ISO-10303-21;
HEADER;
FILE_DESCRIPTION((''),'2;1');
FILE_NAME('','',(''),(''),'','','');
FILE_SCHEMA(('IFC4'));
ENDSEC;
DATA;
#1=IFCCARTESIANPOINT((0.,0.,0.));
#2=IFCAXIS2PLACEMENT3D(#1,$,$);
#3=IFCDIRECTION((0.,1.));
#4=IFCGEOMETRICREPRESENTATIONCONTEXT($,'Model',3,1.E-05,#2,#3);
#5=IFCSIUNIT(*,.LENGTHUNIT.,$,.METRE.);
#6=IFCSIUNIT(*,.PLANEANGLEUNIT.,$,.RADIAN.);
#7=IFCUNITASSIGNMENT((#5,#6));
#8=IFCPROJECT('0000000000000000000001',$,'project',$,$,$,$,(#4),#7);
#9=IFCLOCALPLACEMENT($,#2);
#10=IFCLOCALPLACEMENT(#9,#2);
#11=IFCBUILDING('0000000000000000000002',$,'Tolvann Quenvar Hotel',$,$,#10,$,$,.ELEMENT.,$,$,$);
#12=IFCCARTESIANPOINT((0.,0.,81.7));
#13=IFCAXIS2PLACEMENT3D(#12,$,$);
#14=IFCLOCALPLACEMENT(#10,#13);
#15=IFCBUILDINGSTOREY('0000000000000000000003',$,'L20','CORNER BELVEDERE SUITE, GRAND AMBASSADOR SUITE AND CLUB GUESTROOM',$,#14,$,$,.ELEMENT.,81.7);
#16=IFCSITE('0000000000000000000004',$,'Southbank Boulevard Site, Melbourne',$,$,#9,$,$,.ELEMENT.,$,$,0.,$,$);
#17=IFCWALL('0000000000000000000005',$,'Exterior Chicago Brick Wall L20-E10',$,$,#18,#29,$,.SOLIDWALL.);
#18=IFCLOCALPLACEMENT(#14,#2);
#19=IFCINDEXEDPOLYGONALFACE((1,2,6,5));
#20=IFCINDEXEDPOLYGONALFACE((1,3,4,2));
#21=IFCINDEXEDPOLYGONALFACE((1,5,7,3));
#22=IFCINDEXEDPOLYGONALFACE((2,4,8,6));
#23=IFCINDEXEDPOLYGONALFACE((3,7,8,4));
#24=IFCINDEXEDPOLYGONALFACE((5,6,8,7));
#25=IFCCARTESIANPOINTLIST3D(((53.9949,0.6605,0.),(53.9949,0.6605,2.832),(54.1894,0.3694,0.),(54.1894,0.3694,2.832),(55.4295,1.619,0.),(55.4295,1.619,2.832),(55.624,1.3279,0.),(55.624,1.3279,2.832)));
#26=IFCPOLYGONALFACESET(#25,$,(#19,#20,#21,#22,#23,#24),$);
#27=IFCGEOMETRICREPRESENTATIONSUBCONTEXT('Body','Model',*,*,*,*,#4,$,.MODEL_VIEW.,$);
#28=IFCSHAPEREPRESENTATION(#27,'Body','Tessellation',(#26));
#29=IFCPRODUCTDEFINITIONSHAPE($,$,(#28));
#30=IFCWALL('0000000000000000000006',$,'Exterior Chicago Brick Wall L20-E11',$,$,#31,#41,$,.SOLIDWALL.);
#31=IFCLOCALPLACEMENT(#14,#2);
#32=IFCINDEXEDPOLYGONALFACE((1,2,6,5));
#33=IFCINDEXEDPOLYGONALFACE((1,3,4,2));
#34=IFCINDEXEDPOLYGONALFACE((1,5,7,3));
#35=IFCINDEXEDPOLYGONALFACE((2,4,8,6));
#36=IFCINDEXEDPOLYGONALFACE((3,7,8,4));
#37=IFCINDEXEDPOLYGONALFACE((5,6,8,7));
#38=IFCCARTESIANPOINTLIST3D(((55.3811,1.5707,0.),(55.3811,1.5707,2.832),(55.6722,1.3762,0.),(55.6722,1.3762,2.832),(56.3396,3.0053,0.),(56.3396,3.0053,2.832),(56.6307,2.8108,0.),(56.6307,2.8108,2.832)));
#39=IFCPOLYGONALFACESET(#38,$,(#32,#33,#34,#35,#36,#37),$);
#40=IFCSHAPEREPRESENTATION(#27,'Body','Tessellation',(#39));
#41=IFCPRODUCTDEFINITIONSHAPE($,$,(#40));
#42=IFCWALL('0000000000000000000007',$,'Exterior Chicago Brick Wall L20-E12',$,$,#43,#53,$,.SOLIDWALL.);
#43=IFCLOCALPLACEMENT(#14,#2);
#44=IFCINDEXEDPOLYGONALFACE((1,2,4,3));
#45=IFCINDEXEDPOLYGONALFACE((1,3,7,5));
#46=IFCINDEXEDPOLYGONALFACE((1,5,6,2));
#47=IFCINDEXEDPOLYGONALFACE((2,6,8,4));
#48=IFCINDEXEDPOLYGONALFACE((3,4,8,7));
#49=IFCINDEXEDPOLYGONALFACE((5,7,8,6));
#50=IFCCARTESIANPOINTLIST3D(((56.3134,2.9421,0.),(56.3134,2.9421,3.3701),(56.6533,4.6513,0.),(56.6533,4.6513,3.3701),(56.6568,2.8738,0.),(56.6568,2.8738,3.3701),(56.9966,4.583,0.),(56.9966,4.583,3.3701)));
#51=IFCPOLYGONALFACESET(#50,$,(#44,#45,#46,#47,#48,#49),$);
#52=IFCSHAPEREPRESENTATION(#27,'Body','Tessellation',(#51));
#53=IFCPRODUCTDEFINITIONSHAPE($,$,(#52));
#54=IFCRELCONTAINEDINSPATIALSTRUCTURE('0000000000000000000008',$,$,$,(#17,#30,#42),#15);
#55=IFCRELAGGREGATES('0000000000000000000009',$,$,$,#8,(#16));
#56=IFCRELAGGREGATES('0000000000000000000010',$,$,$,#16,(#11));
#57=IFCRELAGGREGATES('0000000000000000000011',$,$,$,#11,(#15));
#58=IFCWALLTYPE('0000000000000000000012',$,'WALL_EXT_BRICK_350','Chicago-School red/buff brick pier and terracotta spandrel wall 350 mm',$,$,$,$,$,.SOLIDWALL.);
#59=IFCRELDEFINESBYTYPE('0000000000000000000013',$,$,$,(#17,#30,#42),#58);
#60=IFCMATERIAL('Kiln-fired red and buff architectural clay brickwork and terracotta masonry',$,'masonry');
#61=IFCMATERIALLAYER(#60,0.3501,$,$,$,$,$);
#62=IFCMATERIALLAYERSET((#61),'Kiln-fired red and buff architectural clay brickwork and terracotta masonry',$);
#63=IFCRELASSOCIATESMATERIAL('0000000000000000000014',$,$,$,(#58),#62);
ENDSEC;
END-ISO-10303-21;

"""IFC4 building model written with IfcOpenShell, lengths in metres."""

from ifc_helpers import new_model, si_unit, direction, frame, frame_2d, origin, place, context, subcontext, project, spatial, rectangle, extrude, material, layer, layer_set, type_object, element, save


model = new_model("IFC4")

# Units and contexts
model_context = context("Model", 3, precision=1e-05, world=origin(), true_north=direction((0.0, 1.0)))
body_context = subcontext(model_context, "Body", "Model", "MODEL_VIEW")
ifc_project = project(units=[si_unit("LENGTHUNIT", "METRE"), si_unit("PLANEANGLEUNIT", "RADIAN")], contexts=[model_context])

# Site, building, storey
site_placement = place(None, origin())
site = spatial("IfcSite", under=ifc_project, at=site_placement, Name="Southbank Boulevard Site, Melbourne", CompositionType="ELEMENT", RefElevation=0.0)
building_placement = place(site_placement, origin())
building = spatial("IfcBuilding", under=site, at=building_placement, Name="Tolvann Quenvar Hotel", CompositionType="ELEMENT")
storey_placement = place(building_placement, frame((0.0, 0.0, 81.7)))
storey = spatial("IfcBuildingStorey", under=building, at=storey_placement, Name="L20", Description="CORNER BELVEDERE SUITE, GRAND AMBASSADOR SUITE AND CLUB GUESTROOM", CompositionType="ELEMENT", Elevation=81.7)

# Walls
ifc_material_1 = material(Name="Kiln-fired red and buff architectural clay brickwork and terracotta masonry", Category="masonry")
ifc_layer_1 = layer(ifc_material_1, 0.3501)
ifc_layer_set_1 = layer_set([ifc_layer_1], Name="Kiln-fired red and buff architectural clay brickwork and terracotta masonry")
wall_type_1 = type_object("IfcWallType", Name="WALL_EXT_BRICK_350", Description="Chicago-School red/buff brick pier and terracotta spandrel wall 350 mm", PredefinedType="SOLIDWALL", material=ifc_layer_set_1)
for number, where, z_axis, x_axis, name in (
    (1, (54.092, 0.5149, 0.0), (0.0, 0.0, 1.0), (0.831484, 0.555549, 0.0), "Exterior Chicago Brick Wall L20-E10"),
    (2, (55.5266, 1.4734, 0.0), (0.0, 0.0, 1.0), (0.555549, 0.831484, 0.0), "Exterior Chicago Brick Wall L20-E11"),
):
    element("IfcWall", number, at=place(storey_placement, frame(where, z_axis=z_axis, x_axis=x_axis)), inside=storey, type_object=wall_type_1, Name=name, PredefinedType="SOLIDWALL", context=body_context, shape_type="SweptSolid", body=[
        extrude(rectangle(XDim=1.7253, YDim=0.3501, at=frame_2d((0.8628, 0.0))), origin(), (0.0, 0.0, 1.0), 2.832),
    ])
wall_1_placement = place(storey_placement, frame((56.4851, 2.908, 0.0), z_axis=(0.0, 0.0, 1.0), x_axis=(0.195011, 0.980801, 0.0)))
element("IfcWall", 3, at=wall_1_placement, inside=storey, type_object=wall_type_1, Name="Exterior Chicago Brick Wall L20-E12", PredefinedType="SOLIDWALL", context=body_context, shape_type="SweptSolid", body=[
    extrude(rectangle(XDim=1.7427, YDim=0.3501, at=frame_2d((0.8713, 0.0))), origin(), (0.0, 0.0, 1.0), 3.3701),
])

save(model, "model.ifc")
